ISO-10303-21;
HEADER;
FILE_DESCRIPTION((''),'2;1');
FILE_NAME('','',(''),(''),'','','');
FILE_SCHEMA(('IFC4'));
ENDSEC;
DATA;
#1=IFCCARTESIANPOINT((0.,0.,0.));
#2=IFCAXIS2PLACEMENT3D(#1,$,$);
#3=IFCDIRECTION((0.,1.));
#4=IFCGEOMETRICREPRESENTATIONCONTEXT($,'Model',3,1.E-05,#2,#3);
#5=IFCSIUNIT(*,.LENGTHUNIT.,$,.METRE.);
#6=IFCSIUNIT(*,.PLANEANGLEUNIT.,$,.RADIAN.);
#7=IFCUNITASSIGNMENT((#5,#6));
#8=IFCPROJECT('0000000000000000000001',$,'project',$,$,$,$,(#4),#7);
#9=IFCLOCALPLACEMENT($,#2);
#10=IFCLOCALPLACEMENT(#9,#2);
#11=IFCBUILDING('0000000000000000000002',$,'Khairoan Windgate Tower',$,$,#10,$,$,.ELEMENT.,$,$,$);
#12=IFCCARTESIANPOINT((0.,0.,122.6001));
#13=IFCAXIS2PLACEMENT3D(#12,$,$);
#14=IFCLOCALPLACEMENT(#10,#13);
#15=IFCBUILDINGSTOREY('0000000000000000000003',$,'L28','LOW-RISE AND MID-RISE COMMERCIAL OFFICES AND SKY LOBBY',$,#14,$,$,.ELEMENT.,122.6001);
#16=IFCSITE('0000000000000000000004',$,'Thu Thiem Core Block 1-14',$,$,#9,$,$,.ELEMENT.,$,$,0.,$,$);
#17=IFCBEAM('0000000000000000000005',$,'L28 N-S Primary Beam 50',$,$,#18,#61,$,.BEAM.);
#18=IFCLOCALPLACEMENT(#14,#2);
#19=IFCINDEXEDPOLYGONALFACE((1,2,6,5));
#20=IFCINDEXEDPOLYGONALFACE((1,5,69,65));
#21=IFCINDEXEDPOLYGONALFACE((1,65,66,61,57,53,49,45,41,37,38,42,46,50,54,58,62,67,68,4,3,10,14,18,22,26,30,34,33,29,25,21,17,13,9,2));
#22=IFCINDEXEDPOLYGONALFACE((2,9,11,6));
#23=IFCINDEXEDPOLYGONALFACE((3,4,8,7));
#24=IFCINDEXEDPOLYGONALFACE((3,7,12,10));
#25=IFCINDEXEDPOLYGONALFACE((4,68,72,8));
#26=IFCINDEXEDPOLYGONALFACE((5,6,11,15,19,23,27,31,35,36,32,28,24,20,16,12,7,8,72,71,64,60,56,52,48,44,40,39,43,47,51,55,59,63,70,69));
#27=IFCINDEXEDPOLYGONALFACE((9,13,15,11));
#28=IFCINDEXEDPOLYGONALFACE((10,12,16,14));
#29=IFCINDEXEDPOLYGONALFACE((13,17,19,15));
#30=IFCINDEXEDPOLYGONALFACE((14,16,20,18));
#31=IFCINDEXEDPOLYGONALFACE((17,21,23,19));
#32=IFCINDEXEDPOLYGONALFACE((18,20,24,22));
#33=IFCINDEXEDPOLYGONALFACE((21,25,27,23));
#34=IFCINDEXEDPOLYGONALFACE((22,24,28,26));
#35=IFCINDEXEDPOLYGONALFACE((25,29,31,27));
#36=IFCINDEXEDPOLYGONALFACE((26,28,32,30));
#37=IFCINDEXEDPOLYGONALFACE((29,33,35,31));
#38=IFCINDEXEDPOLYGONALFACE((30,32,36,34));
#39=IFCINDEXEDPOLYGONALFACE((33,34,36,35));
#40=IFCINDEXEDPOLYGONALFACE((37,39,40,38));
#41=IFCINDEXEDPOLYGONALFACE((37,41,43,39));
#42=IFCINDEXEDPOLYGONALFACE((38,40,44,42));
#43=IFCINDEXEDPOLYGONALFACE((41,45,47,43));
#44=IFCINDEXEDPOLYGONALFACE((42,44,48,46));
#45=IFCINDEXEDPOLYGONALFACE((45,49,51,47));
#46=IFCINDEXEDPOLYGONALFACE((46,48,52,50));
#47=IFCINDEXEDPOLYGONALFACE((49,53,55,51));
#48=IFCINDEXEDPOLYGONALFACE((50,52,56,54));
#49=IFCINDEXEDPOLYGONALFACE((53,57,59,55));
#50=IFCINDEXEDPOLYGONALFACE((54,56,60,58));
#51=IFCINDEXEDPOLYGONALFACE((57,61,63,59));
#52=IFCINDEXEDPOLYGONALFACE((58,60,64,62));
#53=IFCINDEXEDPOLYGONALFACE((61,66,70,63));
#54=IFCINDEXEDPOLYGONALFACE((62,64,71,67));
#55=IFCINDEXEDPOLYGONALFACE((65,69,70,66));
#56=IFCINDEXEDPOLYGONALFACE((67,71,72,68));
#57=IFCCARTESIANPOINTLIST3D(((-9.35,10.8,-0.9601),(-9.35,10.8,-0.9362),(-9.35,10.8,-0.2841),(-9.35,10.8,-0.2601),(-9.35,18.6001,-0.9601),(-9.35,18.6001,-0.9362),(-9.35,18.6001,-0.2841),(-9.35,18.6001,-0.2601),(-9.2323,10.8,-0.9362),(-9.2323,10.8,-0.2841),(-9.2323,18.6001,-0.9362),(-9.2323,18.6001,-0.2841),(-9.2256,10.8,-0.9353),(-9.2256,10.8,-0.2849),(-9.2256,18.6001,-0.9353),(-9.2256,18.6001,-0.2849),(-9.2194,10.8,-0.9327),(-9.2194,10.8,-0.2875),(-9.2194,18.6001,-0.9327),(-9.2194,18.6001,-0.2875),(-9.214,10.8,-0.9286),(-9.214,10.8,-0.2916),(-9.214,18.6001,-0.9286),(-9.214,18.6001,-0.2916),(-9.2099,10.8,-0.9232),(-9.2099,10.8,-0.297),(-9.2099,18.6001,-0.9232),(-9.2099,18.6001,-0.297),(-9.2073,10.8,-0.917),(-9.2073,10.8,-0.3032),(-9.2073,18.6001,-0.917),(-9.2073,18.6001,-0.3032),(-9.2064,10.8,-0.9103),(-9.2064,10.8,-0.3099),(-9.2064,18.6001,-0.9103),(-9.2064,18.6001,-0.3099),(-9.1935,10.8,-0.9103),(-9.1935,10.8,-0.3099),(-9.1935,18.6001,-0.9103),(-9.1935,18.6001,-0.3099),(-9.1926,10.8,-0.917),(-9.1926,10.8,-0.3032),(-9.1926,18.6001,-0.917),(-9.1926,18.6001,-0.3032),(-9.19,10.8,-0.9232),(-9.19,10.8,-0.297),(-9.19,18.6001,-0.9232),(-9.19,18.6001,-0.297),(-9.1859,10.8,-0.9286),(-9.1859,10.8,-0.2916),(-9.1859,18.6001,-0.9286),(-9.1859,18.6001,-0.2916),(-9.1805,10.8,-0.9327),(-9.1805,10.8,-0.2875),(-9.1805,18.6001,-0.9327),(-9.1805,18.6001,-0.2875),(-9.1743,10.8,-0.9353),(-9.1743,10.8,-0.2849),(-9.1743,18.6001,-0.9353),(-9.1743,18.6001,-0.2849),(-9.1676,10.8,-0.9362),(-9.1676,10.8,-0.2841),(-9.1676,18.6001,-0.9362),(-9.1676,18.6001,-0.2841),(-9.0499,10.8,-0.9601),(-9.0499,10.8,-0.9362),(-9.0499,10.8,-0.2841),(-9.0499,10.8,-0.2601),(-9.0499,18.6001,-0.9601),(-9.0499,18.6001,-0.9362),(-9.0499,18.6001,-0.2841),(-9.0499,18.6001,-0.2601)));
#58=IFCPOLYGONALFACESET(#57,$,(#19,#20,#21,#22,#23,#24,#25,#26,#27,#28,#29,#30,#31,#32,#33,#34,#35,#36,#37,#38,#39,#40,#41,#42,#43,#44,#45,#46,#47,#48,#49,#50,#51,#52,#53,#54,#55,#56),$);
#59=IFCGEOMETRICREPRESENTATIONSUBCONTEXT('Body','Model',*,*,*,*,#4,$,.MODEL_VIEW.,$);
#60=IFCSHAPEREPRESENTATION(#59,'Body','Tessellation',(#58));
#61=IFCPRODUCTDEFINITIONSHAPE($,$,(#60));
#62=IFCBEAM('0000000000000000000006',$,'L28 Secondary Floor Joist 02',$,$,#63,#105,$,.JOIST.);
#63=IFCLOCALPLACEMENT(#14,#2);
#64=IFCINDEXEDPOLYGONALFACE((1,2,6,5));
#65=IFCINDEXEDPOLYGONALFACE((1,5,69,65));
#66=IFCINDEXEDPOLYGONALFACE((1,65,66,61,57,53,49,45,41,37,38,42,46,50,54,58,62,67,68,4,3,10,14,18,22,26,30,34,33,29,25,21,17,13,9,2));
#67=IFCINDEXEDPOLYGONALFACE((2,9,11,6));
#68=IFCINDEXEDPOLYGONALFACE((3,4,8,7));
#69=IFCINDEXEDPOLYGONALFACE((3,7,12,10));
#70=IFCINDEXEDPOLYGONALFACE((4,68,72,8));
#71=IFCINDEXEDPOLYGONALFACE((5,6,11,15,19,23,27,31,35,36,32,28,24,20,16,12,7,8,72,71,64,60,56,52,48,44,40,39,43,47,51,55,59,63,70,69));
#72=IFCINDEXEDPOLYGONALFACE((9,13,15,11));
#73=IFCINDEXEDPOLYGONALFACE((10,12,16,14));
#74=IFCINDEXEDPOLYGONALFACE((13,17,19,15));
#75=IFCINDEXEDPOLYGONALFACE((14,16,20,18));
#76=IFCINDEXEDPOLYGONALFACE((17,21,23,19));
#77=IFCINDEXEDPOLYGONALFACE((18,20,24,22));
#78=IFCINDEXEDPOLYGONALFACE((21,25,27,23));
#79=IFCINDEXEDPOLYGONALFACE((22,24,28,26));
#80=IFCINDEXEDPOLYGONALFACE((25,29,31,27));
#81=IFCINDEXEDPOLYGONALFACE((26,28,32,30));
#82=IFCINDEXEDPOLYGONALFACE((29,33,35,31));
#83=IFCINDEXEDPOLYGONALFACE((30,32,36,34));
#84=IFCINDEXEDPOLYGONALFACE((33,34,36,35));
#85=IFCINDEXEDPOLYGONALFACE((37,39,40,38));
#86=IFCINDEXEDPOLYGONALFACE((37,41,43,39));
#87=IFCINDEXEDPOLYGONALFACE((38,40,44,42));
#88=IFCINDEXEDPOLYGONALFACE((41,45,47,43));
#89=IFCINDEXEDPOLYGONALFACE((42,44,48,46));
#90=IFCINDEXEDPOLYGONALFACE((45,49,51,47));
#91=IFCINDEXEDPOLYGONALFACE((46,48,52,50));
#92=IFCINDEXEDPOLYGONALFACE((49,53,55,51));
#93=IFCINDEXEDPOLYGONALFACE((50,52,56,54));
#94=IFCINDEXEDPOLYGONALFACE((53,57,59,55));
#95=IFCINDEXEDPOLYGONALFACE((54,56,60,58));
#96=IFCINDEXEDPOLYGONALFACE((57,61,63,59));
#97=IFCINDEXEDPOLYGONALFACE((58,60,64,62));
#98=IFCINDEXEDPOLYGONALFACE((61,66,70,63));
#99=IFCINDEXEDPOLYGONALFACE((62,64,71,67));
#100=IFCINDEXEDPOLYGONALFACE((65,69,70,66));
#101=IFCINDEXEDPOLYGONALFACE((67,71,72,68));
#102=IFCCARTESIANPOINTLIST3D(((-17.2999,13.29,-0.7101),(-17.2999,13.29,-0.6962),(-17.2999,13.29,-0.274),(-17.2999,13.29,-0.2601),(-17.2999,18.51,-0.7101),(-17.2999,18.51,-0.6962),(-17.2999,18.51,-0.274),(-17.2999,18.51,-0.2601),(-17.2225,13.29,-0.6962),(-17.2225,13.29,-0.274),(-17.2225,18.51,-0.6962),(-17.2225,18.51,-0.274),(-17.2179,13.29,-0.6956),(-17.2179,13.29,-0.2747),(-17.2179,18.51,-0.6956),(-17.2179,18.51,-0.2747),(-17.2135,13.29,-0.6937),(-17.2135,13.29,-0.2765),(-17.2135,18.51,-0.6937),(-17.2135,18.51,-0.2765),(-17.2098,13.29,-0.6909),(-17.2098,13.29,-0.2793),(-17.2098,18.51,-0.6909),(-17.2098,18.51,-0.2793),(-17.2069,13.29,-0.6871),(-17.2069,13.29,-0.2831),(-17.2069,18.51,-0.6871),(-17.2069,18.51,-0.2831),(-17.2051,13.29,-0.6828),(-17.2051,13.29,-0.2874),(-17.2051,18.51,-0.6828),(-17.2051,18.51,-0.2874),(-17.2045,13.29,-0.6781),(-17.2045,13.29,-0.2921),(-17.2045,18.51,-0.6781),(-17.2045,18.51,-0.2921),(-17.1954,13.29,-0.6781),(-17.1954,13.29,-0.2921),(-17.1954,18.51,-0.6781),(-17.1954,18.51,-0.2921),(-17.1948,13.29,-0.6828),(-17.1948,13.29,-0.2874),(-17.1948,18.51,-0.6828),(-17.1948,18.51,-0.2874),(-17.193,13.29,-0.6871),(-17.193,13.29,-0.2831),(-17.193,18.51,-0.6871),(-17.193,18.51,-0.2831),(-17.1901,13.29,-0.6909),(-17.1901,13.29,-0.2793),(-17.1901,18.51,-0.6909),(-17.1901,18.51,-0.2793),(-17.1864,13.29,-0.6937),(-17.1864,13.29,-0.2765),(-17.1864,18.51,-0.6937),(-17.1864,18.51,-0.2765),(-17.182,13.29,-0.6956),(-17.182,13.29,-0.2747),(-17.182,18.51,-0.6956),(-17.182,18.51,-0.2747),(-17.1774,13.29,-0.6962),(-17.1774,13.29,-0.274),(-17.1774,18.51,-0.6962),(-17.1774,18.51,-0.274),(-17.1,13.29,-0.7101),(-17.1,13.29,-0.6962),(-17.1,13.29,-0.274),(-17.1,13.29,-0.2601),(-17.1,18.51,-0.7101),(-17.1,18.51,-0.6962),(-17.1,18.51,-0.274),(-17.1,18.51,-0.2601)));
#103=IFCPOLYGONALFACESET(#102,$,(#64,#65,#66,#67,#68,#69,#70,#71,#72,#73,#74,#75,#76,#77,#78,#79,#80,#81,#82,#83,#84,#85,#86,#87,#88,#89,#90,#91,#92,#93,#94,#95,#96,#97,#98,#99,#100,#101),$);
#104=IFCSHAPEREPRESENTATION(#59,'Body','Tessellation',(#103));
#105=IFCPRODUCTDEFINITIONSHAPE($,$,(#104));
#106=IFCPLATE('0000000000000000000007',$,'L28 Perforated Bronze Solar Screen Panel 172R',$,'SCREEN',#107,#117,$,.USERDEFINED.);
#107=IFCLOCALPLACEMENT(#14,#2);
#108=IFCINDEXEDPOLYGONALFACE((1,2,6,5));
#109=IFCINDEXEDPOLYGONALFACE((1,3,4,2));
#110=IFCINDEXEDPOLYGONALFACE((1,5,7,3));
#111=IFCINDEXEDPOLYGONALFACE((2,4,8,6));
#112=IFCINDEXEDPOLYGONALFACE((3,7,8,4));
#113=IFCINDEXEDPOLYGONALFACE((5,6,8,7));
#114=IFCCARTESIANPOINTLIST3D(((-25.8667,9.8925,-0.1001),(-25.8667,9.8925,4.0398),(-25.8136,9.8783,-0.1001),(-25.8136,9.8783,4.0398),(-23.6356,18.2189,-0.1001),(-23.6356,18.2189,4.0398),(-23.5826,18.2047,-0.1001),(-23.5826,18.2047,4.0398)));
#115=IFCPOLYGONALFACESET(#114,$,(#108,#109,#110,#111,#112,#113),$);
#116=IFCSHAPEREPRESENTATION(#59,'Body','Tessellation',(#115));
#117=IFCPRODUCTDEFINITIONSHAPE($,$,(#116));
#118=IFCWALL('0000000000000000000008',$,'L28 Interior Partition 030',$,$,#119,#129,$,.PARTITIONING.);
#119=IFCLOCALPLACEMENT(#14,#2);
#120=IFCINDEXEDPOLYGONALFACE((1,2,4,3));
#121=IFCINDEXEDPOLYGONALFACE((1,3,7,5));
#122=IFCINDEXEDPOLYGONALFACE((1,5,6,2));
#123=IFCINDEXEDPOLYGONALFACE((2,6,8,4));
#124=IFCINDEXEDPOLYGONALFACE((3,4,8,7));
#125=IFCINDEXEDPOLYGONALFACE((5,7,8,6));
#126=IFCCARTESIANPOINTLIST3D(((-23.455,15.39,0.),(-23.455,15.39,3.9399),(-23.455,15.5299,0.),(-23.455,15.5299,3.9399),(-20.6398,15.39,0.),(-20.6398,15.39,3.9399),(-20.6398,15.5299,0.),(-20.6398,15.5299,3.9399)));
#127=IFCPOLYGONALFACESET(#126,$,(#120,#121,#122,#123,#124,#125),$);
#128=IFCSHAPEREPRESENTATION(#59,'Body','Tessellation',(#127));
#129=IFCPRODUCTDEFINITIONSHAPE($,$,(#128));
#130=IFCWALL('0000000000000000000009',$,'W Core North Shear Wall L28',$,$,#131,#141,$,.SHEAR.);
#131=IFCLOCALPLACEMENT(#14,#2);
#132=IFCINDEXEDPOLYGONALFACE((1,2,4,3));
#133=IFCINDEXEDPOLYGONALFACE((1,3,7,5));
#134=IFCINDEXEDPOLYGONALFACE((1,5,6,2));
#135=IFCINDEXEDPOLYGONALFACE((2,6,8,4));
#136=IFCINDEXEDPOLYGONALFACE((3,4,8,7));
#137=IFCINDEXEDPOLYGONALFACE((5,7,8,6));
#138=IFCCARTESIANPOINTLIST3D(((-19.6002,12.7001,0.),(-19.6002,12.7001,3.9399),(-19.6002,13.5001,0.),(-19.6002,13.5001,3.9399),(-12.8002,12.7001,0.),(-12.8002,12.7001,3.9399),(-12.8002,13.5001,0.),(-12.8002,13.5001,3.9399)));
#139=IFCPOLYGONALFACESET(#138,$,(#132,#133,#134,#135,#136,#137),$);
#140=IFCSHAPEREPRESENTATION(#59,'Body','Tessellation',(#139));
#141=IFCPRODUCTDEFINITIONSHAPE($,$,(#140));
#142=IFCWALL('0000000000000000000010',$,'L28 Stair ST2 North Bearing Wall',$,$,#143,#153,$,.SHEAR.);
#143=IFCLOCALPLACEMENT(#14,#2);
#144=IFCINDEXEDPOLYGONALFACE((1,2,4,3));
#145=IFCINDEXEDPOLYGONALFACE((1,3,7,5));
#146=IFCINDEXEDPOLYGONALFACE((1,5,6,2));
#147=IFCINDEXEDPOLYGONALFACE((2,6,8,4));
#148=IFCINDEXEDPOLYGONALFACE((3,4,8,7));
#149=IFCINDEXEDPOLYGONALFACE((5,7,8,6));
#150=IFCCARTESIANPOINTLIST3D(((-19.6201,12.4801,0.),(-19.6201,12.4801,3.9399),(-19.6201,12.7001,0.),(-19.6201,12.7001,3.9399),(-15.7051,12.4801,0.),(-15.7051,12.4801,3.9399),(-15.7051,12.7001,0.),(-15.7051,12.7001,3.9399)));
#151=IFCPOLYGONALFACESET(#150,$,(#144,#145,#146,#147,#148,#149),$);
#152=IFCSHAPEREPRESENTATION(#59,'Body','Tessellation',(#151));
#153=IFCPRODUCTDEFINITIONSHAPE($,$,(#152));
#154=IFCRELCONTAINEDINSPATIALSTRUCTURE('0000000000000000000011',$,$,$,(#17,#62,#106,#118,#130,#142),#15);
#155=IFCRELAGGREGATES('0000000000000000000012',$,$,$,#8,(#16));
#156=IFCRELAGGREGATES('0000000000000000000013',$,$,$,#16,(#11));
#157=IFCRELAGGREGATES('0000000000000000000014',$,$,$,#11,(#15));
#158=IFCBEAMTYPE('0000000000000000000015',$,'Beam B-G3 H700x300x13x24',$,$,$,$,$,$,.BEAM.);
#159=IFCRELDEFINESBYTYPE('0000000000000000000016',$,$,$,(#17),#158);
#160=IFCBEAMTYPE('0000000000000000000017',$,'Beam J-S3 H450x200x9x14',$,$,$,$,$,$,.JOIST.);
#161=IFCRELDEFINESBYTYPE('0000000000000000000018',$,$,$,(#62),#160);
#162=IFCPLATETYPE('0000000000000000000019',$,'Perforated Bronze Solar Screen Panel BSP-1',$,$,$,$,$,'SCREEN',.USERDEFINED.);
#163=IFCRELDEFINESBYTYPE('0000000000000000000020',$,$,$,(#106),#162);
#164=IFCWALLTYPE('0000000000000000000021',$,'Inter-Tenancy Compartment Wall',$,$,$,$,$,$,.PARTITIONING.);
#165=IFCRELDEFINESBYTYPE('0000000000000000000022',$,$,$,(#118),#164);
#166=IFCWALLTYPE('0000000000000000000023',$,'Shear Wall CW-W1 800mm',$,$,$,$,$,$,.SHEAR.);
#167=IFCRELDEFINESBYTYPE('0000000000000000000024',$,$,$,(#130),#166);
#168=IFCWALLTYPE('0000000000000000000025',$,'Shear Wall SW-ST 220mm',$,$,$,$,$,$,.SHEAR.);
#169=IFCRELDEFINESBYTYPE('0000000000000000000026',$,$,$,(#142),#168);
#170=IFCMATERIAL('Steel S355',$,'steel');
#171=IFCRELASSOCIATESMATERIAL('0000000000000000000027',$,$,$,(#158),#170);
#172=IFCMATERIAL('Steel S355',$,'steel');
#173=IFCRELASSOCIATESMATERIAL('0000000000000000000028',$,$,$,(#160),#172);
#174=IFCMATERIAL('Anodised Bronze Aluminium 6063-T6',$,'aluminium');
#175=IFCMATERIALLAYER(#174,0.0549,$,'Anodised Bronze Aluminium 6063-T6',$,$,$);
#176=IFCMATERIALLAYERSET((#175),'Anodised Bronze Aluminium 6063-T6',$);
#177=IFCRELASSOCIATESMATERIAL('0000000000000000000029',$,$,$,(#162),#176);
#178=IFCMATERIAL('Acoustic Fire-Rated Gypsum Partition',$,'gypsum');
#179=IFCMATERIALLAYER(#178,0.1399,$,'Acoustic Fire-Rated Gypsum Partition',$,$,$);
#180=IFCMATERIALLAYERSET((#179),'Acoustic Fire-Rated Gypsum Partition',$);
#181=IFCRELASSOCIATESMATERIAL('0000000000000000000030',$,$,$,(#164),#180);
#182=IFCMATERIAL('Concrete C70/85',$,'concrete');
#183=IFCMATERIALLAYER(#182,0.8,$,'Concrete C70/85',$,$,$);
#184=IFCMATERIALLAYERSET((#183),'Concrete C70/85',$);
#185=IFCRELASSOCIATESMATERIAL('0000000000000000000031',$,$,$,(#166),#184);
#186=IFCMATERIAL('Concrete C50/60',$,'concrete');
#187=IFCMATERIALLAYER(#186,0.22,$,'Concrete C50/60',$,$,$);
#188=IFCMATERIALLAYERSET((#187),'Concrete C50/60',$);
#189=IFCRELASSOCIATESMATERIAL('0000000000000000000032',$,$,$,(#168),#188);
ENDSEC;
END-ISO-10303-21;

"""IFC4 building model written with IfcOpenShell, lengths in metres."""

from ifc_helpers import new_model, si_unit, direction, frame, frame_2d, origin, origin_2d, place, context, subcontext, project, spatial, rectangle, i_section, extrude, material, layer, layer_set, material_profile, profile_set, type_object, element, save


model = new_model("IFC4")

# Units and contexts
model_context = context("Model", 3, precision=1e-05, world=origin(), true_north=direction((0.0, 1.0)))
body_context = subcontext(model_context, "Body", "Model", "MODEL_VIEW")
ifc_project = project(units=[si_unit("LENGTHUNIT", "METRE"), si_unit("PLANEANGLEUNIT", "RADIAN")], contexts=[model_context])

# Site, building, storey
site_placement = place(None, origin())
site = spatial("IfcSite", under=ifc_project, at=site_placement, Name="Thu Thiem Core Block 1-14", CompositionType="ELEMENT", RefElevation=0.0)
building_placement = place(site_placement, origin())
building = spatial("IfcBuilding", under=site, at=building_placement, Name="Khairoan Windgate Tower", CompositionType="ELEMENT")
storey_placement = place(building_placement, frame((0.0, 0.0, 122.6001)))
storey = spatial("IfcBuildingStorey", under=building, at=storey_placement, Name="L28", Description="LOW-RISE AND MID-RISE COMMERCIAL OFFICES AND SKY LOBBY", CompositionType="ELEMENT", Elevation=122.6001)

# Beams
ifc_material_1 = material(Name="Steel S355", Category="steel")
ifc_material_profile_1 = material_profile(ifc_material_1, i_section(OverallWidth=0.3, OverallDepth=0.7, WebThickness=0.0129, FlangeThickness=0.0239, FilletRadius=0.0259, at=origin_2d()))
ifc_profile_set_1 = profile_set([ifc_material_profile_1], Name="Steel S355")
beam_type_1 = type_object("IfcBeamType", Name="Beam B-G3 H700x300x13x24", PredefinedType="BEAM", material=ifc_profile_set_1)
beam_1_placement = place(storey_placement, frame((-9.2, 10.8, -0.6101), z_axis=(0.0, 1.0, 0.0), x_axis=(-1.0, 0.0, 0.0)))
element("IfcBeam", 1, at=beam_1_placement, inside=storey, type_object=beam_type_1, Name="L28 N-S Primary Beam 50", PredefinedType="BEAM", context=body_context, shape_type="SweptSolid", body=[
    extrude(i_section(OverallWidth=0.3, OverallDepth=0.7, WebThickness=0.0129, FlangeThickness=0.0239, FilletRadius=0.0259, at=origin_2d()), origin(), (0.0, 0.0, 1.0), 7.8),
])
ifc_material_2 = material(Name="Steel S355", Category="steel")
ifc_material_profile_2 = material_profile(ifc_material_2, i_section(OverallWidth=0.2, OverallDepth=0.45, WebThickness=0.009, FlangeThickness=0.0139, FilletRadius=0.0181, at=origin_2d()))
ifc_profile_set_2 = profile_set([ifc_material_profile_2], Name="Steel S355")
beam_type_2 = type_object("IfcBeamType", Name="Beam J-S3 H450x200x9x14", PredefinedType="JOIST", material=ifc_profile_set_2)
beam_2_placement = place(storey_placement, frame((-17.2, 13.29, -0.4851), z_axis=(0.0, 1.0, 0.0), x_axis=(-1.0, 0.0, 0.0)))
element("IfcBeam", 2, at=beam_2_placement, inside=storey, type_object=beam_type_2, Name="L28 Secondary Floor Joist 02", PredefinedType="JOIST", context=body_context, shape_type="SweptSolid", body=[
    extrude(i_section(OverallWidth=0.2, OverallDepth=0.45, WebThickness=0.009, FlangeThickness=0.0139, FilletRadius=0.0181, at=origin_2d()), origin(), (0.0, 0.0, 1.0), 5.22),
])

# Plate
ifc_material_3 = material(Name="Anodised Bronze Aluminium 6063-T6", Category="aluminium")
ifc_layer_1 = layer(ifc_material_3, 0.0549, Name="Anodised Bronze Aluminium 6063-T6")
ifc_layer_set_1 = layer_set([ifc_layer_1], Name="Anodised Bronze Aluminium 6063-T6")
plate_type = type_object("IfcPlateType", Name="Perforated Bronze Solar Screen Panel BSP-1", ElementType="SCREEN", PredefinedType="USERDEFINED", material=ifc_layer_set_1)
plate_placement = place(storey_placement, frame((-24.7246, 14.0486, -0.1001), z_axis=(0.0, 0.0, 1.0), x_axis=(0.258819, 0.965926, 0.0)))
element("IfcPlate", 3, at=plate_placement, inside=storey, type_object=plate_type, Name="L28 Perforated Bronze Solar Screen Panel 172R", ObjectType="SCREEN", PredefinedType="USERDEFINED", context=body_context, shape_type="SweptSolid", body=[
    extrude(rectangle(XDim=8.6201, YDim=0.0549, at=origin_2d()), origin(), (0.0, 0.0, 1.0), 4.1399),
])

# Wall
ifc_material_4 = material(Name="Acoustic Fire-Rated Gypsum Partition", Category="gypsum")
ifc_layer_2 = layer(ifc_material_4, 0.1399, Name="Acoustic Fire-Rated Gypsum Partition")
ifc_layer_set_2 = layer_set([ifc_layer_2], Name="Acoustic Fire-Rated Gypsum Partition")
wall_type_1 = type_object("IfcWallType", Name="Inter-Tenancy Compartment Wall", PredefinedType="PARTITIONING", material=ifc_layer_set_2)
wall_1_placement = place(storey_placement, frame((-23.4551, 15.46, 0.0), z_axis=(0.0, 0.0, 1.0), x_axis=(1.0, 0.0, 0.0)))
element("IfcWall", 4, at=wall_1_placement, inside=storey, type_object=wall_type_1, Name="L28 Interior Partition 030", PredefinedType="PARTITIONING", context=body_context, shape_type="SweptSolid", body=[
    extrude(rectangle(XDim=2.8152, YDim=0.1399, at=frame_2d((1.4077, 0.0))), origin(), (0.0, 0.0, 1.0), 3.9399),
])

# Walls
ifc_material_5 = material(Name="Concrete C70/85", Category="concrete")
ifc_layer_3 = layer(ifc_material_5, 0.8, Name="Concrete C70/85")
ifc_layer_set_3 = layer_set([ifc_layer_3], Name="Concrete C70/85")
wall_type_2 = type_object("IfcWallType", Name="Shear Wall CW-W1 800mm", PredefinedType="SHEAR", material=ifc_layer_set_3)
wall_2_placement = place(storey_placement, frame((-19.6001, 13.1001, 0.0), z_axis=(0.0, 0.0, 1.0), x_axis=(1.0, 0.0, 0.0)))
element("IfcWall", 5, at=wall_2_placement, inside=storey, type_object=wall_type_2, Name="W Core North Shear Wall L28", PredefinedType="SHEAR", context=body_context, shape_type="SweptSolid", body=[
    extrude(rectangle(XDim=6.8, YDim=0.8, at=frame_2d((3.3999, 0.0))), origin(), (0.0, 0.0, 1.0), 3.9399),
])
ifc_material_6 = material(Name="Concrete C50/60", Category="concrete")
ifc_layer_4 = layer(ifc_material_6, 0.22, Name="Concrete C50/60")
ifc_layer_set_4 = layer_set([ifc_layer_4], Name="Concrete C50/60")
wall_type_3 = type_object("IfcWallType", Name="Shear Wall SW-ST 220mm", PredefinedType="SHEAR", material=ifc_layer_set_4)
wall_3_placement = place(storey_placement, frame((-19.6201, 12.5901, 0.0), z_axis=(0.0, 0.0, 1.0), x_axis=(1.0, 0.0, 0.0)))
element("IfcWall", 6, at=wall_3_placement, inside=storey, type_object=wall_type_3, Name="L28 Stair ST2 North Bearing Wall", PredefinedType="SHEAR", context=body_context, shape_type="SweptSolid", body=[
    extrude(rectangle(XDim=3.915, YDim=0.22, at=frame_2d((1.9575, 0.0))), origin(), (0.0, 0.0, 1.0), 3.9399),
])

save(model, "model.ifc")
